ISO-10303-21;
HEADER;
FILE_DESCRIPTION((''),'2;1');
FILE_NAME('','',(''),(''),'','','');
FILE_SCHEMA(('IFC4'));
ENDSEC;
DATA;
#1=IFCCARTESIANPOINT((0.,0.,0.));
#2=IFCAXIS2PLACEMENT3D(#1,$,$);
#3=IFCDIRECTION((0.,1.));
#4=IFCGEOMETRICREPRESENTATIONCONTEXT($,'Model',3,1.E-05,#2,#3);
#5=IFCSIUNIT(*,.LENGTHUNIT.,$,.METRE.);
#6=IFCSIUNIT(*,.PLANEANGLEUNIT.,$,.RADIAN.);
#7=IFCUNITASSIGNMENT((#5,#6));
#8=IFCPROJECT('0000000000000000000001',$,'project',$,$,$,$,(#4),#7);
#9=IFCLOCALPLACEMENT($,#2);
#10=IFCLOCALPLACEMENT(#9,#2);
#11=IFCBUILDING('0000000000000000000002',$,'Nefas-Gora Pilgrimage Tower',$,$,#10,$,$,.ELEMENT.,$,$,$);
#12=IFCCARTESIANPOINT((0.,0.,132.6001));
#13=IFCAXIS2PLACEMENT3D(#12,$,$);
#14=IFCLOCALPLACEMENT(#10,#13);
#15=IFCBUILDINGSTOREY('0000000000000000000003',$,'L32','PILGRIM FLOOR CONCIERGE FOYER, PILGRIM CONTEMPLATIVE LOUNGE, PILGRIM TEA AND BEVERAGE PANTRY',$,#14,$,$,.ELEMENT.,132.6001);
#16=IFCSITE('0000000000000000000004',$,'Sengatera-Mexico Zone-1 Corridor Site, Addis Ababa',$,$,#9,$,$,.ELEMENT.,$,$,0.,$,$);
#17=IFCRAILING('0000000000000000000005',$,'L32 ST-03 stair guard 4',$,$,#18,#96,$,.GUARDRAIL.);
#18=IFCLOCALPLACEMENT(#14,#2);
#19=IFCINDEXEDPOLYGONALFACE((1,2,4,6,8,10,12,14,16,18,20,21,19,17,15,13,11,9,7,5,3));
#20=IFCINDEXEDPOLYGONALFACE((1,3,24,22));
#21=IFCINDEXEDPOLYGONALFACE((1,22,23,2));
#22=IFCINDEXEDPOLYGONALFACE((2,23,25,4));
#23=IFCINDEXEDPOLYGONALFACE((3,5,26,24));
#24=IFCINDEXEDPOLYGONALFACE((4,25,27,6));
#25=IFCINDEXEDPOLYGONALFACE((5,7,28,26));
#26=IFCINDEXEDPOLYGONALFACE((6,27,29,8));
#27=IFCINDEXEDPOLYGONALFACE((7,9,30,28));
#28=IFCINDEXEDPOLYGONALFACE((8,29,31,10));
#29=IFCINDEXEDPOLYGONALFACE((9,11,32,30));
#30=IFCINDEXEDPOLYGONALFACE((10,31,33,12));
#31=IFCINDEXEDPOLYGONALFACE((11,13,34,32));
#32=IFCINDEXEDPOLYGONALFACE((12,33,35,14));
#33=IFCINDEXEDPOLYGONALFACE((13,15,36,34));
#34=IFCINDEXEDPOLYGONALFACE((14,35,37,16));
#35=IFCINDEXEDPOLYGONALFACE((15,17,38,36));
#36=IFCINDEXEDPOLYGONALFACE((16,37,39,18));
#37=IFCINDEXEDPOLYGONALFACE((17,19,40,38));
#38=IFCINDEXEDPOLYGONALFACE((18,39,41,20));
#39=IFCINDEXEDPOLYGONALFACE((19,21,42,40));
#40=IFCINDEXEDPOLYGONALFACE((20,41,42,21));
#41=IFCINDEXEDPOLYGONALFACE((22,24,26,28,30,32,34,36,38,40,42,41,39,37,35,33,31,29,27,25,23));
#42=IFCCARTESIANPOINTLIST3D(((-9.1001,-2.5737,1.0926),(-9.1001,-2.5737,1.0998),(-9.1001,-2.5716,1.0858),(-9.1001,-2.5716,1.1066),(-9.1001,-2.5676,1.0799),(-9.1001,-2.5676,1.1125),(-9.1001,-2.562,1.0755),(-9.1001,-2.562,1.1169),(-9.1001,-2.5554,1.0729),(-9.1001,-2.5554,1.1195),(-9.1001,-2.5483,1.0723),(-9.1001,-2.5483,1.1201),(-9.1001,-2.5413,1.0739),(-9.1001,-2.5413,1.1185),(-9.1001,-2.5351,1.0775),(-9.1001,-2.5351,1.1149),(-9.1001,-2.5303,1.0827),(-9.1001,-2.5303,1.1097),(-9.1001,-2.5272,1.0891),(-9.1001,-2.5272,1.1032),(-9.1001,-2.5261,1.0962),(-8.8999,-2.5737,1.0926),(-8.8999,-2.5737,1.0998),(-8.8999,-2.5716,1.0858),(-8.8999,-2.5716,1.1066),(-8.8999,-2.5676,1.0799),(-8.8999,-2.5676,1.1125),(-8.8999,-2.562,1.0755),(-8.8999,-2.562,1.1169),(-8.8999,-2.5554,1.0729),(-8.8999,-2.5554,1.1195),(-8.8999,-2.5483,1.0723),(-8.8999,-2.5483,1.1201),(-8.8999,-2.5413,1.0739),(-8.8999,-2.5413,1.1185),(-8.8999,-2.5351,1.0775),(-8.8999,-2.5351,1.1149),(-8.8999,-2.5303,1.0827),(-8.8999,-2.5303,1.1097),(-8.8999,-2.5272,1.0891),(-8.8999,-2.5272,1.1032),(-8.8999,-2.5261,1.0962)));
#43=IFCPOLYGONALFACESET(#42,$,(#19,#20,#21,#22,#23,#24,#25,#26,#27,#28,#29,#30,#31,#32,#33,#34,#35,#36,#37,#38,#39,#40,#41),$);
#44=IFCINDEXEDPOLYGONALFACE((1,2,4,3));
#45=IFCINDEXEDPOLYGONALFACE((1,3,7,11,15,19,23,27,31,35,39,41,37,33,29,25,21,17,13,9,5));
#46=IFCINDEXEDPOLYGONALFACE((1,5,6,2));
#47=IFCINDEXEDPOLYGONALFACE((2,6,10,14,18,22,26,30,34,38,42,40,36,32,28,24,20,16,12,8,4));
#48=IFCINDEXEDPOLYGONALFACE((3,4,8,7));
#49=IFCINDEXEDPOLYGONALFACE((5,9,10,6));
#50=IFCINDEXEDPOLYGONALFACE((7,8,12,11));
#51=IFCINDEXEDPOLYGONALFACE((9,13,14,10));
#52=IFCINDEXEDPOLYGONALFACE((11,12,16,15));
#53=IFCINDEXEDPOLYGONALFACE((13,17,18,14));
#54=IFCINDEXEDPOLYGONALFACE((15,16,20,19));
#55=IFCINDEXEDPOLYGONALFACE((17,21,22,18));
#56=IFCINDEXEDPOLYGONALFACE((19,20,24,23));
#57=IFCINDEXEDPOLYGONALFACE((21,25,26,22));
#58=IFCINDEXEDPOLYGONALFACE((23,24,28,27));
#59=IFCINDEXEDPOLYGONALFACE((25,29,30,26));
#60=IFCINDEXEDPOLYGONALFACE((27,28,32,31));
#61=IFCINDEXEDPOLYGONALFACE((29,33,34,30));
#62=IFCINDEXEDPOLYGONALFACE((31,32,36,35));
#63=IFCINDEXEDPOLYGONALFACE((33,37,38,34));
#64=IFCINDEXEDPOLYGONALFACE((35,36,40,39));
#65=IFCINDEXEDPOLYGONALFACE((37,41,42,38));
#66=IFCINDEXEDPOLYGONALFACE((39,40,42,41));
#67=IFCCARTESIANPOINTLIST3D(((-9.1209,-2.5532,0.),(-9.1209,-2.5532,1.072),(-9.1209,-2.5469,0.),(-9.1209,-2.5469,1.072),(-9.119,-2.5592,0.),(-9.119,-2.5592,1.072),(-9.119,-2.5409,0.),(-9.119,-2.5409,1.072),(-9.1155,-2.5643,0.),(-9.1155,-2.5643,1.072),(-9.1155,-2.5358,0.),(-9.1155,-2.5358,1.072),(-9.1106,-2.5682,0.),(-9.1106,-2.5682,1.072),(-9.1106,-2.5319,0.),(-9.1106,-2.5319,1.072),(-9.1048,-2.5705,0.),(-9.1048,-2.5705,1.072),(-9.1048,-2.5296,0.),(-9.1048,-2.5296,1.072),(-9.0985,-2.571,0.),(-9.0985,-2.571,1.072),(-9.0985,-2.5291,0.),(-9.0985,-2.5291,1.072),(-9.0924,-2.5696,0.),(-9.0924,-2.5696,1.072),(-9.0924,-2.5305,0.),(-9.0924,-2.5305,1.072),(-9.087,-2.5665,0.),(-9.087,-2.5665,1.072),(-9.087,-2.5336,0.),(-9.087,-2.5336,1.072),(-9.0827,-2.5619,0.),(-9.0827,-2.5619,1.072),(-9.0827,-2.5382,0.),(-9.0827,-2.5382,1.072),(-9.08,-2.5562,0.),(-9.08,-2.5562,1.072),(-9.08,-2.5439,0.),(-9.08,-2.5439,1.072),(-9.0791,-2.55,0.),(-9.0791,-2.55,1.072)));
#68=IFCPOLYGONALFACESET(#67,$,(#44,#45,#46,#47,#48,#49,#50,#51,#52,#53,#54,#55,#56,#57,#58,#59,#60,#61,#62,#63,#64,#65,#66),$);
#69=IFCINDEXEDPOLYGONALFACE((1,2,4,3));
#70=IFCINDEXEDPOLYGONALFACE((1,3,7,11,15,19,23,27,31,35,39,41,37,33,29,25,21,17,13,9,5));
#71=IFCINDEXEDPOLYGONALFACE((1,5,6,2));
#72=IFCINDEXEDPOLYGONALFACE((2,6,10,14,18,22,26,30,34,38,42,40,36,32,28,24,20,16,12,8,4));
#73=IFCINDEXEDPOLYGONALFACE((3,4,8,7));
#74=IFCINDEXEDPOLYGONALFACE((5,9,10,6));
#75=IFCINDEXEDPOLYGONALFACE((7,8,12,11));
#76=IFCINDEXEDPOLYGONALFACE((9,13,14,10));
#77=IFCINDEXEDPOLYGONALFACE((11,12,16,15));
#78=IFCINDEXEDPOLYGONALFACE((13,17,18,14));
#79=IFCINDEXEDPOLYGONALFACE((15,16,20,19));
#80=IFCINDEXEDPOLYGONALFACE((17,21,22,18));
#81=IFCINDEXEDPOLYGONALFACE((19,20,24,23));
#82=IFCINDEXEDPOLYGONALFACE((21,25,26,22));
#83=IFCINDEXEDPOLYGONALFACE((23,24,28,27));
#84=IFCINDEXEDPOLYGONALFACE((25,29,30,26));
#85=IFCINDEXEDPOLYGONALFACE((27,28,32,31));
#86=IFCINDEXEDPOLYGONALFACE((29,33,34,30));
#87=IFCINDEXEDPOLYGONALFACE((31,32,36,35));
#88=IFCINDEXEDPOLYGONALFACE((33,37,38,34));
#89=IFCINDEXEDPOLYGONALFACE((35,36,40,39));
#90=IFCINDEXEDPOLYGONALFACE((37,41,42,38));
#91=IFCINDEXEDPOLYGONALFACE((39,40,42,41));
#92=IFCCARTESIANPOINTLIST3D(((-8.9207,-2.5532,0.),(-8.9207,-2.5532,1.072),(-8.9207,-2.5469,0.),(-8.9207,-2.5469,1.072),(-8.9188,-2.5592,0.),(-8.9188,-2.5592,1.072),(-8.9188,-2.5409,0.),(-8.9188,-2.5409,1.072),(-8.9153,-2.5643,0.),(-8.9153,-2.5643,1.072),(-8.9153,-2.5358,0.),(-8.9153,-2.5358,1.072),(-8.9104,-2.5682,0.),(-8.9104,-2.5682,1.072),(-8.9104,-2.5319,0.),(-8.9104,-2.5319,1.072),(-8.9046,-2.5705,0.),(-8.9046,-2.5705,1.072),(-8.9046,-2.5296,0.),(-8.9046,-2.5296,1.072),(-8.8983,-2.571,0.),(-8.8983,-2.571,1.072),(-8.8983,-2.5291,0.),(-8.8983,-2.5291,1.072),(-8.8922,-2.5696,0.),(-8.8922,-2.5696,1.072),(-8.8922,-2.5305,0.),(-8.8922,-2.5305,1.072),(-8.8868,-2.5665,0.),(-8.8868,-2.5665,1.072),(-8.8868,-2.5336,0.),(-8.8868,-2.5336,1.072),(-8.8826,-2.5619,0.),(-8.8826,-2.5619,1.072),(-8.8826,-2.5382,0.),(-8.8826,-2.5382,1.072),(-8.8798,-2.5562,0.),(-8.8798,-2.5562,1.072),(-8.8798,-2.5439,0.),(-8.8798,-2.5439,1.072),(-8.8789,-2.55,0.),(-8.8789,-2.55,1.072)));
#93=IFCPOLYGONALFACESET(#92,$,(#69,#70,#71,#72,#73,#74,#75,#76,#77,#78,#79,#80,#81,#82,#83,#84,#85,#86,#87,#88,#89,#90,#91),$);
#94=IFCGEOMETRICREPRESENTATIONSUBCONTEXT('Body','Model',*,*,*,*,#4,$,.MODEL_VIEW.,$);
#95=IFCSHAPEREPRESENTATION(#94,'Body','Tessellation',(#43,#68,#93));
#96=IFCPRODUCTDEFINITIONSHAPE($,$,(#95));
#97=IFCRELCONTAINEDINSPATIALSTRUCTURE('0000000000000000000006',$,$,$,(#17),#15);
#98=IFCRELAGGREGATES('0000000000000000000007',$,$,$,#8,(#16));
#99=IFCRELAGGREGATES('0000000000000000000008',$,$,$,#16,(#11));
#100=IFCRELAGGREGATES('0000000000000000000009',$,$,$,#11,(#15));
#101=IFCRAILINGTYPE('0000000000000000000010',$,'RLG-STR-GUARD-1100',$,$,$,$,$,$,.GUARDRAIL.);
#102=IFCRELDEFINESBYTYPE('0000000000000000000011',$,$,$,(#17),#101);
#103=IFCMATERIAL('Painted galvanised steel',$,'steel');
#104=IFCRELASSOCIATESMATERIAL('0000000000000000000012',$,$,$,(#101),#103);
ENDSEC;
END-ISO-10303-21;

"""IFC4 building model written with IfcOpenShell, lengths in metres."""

from ifc_helpers import new_model, si_unit, direction, frame, origin, origin_2d, place, context, subcontext, project, spatial, circle, extrude, material, type_object, element, save


model = new_model("IFC4")

# Units and contexts
model_context = context("Model", 3, precision=1e-05, world=origin(), true_north=direction((0.0, 1.0)))
body_context = subcontext(model_context, "Body", "Model", "MODEL_VIEW")
ifc_project = project(units=[si_unit("LENGTHUNIT", "METRE"), si_unit("PLANEANGLEUNIT", "RADIAN")], contexts=[model_context])

# Site, building, storey
site_placement = place(None, origin())
site = spatial("IfcSite", under=ifc_project, at=site_placement, Name="Sengatera-Mexico Zone-1 Corridor Site, Addis Ababa", CompositionType="ELEMENT", RefElevation=0.0)
building_placement = place(site_placement, origin())
building = spatial("IfcBuilding", under=site, at=building_placement, Name="Nefas-Gora Pilgrimage Tower", CompositionType="ELEMENT")
storey_placement = place(building_placement, frame((0.0, 0.0, 132.6001)))
storey = spatial("IfcBuildingStorey", under=building, at=storey_placement, Name="L32", Description="PILGRIM FLOOR CONCIERGE FOYER, PILGRIM CONTEMPLATIVE LOUNGE, PILGRIM TEA AND BEVERAGE PANTRY", CompositionType="ELEMENT", Elevation=132.6001)

# Railing
ifc_material_1 = material(Name="Painted galvanised steel", Category="steel")
railing_type_1 = type_object("IfcRailingType", Name="RLG-STR-GUARD-1100", PredefinedType="GUARDRAIL", material=ifc_material_1)
railing_1_placement = place(storey_placement, frame((-9.1001, -2.55, 0.0)))
element("IfcRailing", 1, at=railing_1_placement, inside=storey, type_object=railing_type_1, Name="L32 ST-03 stair guard 4", PredefinedType="GUARDRAIL", context=body_context, shape_type="SweptSolid", body=[
    extrude(circle(Radius=0.0239, at=origin_2d()), frame((0.0, 0.0, 1.0962), z_axis=(1.0, 0.0, 0.0), x_axis=(0.0, 1.0, 0.0)), (0.0, 0.0, 1.0), 0.2002),
    extrude(circle(Radius=0.021, at=origin_2d()), origin(), (0.0, 0.0, 1.0), 1.072),
    extrude(circle(Radius=0.021, at=origin_2d()), frame((0.2002, 0.0, 0.0)), (0.0, 0.0, 1.0), 1.072),
])

save(model, "model.ifc")
